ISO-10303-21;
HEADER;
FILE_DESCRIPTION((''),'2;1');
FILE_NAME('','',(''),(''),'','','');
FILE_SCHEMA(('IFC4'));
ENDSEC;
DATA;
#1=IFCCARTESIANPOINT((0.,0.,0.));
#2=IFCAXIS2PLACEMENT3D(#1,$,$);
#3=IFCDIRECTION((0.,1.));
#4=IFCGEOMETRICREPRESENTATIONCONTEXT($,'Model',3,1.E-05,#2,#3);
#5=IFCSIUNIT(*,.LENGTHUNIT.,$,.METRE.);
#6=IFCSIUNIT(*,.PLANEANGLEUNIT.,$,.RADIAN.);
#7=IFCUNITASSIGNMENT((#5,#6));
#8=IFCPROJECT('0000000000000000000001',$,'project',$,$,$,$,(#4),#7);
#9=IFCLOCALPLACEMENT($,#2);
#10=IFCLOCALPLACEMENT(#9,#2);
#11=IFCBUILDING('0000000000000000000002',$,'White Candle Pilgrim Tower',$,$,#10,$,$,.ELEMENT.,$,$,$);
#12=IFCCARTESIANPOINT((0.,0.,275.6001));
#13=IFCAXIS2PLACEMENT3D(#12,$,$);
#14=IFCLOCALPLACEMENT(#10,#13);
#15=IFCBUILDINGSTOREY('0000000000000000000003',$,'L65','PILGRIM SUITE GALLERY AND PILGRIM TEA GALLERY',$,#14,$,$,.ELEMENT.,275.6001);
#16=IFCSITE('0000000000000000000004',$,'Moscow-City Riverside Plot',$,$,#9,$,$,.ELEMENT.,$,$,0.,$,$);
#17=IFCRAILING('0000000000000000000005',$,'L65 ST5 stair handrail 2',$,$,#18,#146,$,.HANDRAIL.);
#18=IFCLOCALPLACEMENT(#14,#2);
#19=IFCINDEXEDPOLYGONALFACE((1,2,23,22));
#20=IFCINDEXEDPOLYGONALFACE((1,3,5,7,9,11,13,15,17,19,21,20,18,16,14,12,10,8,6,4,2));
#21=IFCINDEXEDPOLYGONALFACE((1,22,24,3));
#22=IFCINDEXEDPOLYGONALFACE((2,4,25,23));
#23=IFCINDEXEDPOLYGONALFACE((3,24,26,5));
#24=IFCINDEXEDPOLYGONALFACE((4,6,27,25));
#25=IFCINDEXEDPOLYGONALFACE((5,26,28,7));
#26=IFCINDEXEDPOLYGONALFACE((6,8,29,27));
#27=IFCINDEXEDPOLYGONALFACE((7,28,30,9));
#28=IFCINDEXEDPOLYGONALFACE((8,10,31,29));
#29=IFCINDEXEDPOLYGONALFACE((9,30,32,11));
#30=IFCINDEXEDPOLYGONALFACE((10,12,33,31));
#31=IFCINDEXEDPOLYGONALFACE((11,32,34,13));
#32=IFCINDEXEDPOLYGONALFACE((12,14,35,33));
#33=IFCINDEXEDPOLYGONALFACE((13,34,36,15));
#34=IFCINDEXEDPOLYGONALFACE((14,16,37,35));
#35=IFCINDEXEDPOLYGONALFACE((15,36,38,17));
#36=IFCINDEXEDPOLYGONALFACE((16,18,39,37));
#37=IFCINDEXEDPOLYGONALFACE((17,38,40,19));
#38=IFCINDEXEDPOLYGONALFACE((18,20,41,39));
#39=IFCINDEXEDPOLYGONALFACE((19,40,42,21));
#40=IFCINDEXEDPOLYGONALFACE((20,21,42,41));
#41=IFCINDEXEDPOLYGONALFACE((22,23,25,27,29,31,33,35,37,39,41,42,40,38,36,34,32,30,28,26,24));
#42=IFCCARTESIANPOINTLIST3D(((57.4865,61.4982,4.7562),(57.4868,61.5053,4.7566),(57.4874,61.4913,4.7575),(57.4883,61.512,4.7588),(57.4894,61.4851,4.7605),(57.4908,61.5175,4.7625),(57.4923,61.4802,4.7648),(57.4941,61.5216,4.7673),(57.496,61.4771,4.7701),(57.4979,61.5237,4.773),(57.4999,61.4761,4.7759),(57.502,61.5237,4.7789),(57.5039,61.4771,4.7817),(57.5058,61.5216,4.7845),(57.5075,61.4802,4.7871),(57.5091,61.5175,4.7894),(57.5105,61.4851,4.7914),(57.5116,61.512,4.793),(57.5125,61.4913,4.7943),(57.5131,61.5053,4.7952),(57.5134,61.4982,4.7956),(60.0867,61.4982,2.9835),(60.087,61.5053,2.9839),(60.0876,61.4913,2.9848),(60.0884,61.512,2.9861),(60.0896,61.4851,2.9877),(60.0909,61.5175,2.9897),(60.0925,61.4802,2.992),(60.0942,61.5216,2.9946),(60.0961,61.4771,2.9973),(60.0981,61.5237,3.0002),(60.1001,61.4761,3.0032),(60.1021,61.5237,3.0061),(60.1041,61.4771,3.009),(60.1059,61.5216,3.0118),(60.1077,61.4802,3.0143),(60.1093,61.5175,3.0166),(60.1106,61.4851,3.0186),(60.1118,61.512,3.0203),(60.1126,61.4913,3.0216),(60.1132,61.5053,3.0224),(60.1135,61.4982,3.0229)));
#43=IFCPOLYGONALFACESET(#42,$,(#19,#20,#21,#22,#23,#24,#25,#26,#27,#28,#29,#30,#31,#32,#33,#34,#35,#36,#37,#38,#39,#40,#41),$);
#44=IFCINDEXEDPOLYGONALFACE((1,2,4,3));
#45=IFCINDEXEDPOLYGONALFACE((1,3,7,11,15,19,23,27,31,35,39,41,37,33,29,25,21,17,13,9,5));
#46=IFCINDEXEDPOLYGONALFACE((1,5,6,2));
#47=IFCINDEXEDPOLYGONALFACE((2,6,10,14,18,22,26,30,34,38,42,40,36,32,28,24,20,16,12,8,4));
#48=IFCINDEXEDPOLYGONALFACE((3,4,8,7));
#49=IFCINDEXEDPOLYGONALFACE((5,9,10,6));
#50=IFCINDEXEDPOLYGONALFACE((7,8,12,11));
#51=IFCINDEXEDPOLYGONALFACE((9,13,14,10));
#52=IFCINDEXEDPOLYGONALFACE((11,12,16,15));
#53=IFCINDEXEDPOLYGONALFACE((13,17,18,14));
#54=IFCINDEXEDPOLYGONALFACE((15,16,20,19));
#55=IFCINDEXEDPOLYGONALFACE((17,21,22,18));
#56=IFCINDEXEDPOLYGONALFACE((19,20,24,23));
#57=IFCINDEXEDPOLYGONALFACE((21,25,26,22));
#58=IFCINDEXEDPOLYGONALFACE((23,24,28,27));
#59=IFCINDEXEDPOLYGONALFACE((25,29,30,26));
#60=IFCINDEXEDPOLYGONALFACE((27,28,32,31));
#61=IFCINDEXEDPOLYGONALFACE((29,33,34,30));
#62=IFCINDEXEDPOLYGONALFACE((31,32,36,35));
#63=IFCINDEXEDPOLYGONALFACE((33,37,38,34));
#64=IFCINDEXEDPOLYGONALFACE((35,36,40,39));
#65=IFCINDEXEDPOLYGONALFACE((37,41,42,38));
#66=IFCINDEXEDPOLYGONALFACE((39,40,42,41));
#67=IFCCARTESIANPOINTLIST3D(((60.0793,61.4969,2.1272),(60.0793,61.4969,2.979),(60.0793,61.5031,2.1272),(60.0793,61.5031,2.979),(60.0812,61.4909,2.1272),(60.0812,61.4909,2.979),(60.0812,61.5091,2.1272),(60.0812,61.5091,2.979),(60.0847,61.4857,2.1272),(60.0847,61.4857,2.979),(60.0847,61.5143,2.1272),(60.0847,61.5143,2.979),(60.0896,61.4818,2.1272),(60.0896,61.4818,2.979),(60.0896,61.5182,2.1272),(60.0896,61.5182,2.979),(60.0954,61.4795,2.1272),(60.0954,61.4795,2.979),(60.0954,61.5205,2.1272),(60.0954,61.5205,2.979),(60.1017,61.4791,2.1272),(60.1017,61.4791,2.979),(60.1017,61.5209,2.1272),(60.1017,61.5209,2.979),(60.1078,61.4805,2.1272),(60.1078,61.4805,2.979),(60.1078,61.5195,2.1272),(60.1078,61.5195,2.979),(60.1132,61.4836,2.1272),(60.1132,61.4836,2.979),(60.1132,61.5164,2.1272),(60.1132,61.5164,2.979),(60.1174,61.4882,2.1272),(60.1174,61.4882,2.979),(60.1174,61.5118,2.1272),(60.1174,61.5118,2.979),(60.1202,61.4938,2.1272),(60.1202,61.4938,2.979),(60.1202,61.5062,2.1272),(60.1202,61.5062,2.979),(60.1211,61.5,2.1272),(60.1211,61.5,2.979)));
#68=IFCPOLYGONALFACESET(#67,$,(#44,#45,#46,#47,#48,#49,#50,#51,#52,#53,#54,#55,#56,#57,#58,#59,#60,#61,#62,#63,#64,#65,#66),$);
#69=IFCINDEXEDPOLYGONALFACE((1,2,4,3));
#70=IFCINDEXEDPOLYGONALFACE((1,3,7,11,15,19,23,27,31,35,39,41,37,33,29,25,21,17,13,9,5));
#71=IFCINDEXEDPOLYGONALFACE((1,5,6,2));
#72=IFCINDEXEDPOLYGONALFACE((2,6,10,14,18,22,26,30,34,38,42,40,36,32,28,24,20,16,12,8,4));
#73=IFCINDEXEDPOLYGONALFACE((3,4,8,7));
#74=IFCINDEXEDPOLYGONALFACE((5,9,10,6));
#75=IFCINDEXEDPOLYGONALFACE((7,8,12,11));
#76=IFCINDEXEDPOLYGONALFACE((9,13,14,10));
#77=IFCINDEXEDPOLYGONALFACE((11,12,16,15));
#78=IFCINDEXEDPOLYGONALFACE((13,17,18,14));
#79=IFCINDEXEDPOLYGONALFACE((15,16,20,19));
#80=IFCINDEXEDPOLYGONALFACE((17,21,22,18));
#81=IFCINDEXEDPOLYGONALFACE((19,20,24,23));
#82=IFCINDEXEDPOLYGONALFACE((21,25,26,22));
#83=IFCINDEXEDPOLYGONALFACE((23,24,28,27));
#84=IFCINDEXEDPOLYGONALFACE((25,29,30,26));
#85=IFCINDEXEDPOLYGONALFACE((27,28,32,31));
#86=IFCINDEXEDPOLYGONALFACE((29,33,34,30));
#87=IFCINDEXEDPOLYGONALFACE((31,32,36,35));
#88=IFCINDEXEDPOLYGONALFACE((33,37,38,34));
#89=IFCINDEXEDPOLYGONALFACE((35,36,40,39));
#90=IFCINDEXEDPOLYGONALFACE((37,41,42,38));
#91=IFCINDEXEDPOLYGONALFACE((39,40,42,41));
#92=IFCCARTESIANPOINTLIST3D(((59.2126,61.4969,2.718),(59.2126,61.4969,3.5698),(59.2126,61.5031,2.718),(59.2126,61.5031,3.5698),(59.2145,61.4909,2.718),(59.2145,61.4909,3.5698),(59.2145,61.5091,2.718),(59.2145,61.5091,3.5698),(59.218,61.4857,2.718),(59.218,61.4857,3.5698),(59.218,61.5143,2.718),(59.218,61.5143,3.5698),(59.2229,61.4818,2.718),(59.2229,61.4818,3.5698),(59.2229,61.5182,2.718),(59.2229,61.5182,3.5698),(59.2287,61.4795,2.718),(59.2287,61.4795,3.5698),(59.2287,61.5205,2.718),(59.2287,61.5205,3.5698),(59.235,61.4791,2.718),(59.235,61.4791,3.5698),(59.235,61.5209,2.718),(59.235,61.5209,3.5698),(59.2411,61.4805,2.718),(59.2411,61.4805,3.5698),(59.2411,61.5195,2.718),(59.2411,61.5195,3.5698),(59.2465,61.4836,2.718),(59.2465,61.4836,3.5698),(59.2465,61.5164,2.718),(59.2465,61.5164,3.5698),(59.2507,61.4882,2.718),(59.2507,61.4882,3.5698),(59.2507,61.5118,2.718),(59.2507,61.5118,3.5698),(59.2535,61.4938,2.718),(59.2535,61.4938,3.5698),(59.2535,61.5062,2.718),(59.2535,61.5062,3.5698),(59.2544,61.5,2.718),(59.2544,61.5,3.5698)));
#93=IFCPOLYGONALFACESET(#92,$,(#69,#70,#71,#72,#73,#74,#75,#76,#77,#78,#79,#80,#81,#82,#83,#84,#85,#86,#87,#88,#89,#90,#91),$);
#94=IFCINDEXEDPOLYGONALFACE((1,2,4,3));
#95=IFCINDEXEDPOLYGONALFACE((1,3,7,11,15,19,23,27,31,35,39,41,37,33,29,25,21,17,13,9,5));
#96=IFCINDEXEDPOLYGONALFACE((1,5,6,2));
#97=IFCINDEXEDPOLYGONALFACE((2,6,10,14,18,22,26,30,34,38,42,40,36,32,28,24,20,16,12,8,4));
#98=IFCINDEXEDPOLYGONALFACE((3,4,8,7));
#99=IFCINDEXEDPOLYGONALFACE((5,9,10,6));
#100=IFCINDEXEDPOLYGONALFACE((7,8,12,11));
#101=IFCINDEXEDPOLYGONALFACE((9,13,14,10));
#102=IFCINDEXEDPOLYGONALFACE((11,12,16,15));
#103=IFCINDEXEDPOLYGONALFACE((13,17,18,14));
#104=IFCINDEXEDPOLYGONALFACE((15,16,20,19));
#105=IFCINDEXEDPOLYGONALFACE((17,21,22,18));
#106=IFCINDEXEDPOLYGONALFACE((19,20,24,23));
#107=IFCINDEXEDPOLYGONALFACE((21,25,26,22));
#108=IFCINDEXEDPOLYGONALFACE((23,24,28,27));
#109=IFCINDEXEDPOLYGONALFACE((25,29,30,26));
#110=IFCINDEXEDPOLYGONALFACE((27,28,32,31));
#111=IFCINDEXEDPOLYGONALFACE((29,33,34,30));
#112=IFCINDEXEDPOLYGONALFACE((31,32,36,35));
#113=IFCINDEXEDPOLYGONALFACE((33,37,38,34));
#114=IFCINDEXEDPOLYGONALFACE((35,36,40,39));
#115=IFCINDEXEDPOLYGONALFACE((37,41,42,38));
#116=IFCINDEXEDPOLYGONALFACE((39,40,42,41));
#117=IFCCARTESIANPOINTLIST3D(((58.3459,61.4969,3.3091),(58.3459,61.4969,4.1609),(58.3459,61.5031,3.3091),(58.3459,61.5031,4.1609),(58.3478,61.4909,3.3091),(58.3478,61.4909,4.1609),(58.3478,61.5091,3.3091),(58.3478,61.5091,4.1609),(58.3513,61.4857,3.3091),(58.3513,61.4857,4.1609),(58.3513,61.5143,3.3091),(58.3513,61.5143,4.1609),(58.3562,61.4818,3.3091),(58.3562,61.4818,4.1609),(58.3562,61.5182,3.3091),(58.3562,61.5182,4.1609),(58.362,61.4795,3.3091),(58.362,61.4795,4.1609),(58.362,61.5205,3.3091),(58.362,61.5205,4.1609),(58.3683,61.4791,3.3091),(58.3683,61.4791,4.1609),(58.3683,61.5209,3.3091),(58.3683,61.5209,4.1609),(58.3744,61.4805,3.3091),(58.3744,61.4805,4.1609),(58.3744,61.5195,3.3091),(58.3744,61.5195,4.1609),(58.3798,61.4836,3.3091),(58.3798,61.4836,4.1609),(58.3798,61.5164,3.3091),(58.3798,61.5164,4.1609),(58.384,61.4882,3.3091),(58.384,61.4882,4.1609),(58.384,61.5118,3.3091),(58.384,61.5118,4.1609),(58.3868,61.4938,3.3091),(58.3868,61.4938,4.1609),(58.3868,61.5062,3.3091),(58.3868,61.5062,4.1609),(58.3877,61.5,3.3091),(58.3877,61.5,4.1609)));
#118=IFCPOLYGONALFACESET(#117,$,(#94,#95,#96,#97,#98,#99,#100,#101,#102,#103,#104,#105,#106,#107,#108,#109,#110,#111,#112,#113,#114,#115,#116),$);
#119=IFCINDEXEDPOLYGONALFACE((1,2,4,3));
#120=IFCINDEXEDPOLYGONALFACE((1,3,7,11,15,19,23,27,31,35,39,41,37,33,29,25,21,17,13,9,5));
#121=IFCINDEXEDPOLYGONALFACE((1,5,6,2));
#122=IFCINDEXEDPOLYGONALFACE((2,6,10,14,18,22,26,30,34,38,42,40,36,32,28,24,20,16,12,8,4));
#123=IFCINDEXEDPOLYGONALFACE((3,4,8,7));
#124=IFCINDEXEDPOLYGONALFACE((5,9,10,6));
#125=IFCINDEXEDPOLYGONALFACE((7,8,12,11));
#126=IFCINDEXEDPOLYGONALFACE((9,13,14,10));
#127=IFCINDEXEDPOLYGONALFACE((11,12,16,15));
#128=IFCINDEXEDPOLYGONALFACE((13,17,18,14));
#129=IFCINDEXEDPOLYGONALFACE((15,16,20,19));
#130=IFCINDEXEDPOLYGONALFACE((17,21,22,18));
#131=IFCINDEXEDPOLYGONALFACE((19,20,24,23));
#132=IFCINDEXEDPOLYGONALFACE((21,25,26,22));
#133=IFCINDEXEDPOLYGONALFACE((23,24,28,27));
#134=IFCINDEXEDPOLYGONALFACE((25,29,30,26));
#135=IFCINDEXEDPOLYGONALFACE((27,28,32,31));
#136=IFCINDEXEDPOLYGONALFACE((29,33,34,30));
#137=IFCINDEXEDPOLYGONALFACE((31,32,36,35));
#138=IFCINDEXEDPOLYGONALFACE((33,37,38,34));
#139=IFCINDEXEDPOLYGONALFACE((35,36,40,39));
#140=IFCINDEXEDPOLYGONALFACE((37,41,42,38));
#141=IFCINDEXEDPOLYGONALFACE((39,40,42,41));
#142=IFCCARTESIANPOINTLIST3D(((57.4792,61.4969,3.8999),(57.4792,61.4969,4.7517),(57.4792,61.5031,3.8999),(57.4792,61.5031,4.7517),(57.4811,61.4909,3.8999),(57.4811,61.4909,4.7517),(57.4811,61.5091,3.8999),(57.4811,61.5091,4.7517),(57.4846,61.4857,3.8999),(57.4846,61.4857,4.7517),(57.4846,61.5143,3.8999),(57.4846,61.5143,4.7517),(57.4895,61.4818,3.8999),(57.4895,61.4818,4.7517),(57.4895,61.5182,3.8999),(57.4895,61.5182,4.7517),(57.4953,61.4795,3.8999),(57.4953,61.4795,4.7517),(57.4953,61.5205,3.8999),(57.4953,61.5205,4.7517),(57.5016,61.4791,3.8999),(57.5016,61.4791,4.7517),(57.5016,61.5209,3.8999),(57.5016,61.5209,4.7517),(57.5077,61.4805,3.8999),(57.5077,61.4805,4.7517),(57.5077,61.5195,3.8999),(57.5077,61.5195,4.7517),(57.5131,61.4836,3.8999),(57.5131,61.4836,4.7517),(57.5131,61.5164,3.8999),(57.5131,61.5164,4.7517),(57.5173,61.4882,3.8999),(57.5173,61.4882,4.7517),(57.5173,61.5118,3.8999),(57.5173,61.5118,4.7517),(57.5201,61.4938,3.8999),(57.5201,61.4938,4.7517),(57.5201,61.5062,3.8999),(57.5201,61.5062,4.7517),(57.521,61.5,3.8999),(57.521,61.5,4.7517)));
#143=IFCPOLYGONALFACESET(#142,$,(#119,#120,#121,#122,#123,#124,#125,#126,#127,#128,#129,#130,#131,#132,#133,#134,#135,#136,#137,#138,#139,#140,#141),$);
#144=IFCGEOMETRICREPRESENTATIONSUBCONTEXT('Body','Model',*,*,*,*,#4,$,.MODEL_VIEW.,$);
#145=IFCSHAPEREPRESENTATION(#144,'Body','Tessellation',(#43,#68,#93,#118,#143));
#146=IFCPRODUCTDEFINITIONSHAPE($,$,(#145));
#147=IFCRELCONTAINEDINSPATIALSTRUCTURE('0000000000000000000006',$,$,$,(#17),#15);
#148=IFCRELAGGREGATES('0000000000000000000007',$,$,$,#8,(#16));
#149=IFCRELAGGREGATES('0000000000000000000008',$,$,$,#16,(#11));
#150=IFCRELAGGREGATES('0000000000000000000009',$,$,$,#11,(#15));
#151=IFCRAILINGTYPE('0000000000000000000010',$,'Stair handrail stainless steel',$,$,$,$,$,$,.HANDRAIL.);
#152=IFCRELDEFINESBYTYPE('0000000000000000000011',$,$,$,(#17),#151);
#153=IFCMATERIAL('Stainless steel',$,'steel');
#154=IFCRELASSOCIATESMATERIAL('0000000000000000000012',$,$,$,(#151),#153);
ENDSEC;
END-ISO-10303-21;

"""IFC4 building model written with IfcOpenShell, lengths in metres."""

from ifc_helpers import new_model, si_unit, direction, frame, origin, origin_2d, place, context, subcontext, project, spatial, circle, extrude, material, type_object, element, save


model = new_model("IFC4")

# Units and contexts
model_context = context("Model", 3, precision=1e-05, world=origin(), true_north=direction((0.0, 1.0)))
body_context = subcontext(model_context, "Body", "Model", "MODEL_VIEW")
ifc_project = project(units=[si_unit("LENGTHUNIT", "METRE"), si_unit("PLANEANGLEUNIT", "RADIAN")], contexts=[model_context])

# Site, building, storey
site_placement = place(None, origin())
site = spatial("IfcSite", under=ifc_project, at=site_placement, Name="Moscow-City Riverside Plot", CompositionType="ELEMENT", RefElevation=0.0)
building_placement = place(site_placement, origin())
building = spatial("IfcBuilding", under=site, at=building_placement, Name="White Candle Pilgrim Tower", CompositionType="ELEMENT")
storey_placement = place(building_placement, frame((0.0, 0.0, 275.6001)))
storey = spatial("IfcBuildingStorey", under=building, at=storey_placement, Name="L65", Description="PILGRIM SUITE GALLERY AND PILGRIM TEA GALLERY", CompositionType="ELEMENT", Elevation=275.6001)

# Railing
ifc_material_1 = material(Name="Stainless steel", Category="steel")
railing_type_1 = type_object("IfcRailingType", Name="Stair handrail stainless steel", PredefinedType="HANDRAIL", material=ifc_material_1)
railing_1_placement = place(storey_placement, frame((60.1001, 61.5, 2.1272)))
element("IfcRailing", 1, at=railing_1_placement, inside=storey, type_object=railing_type_1, Name="L65 ST5 stair handrail 2", PredefinedType="HANDRAIL", context=body_context, shape_type="SweptSolid", body=[
    extrude(circle(Radius=0.0239, at=origin_2d()), frame((0.0, 0.0, 0.876), z_axis=(-0.82624, 0.0, 0.563318), x_axis=(0.0, -1.0, 0.0)), (0.0, 0.0, 1.0), 3.147),
    extrude(circle(Radius=0.021, at=origin_2d()), origin(), (0.0, 0.0, 1.0), 0.8518),
    extrude(circle(Radius=0.021, at=origin_2d()), frame((-0.8667, 0.0, 0.5908)), (0.0, 0.0, 1.0), 0.8518),
    extrude(circle(Radius=0.021, at=origin_2d()), frame((-1.7334, 0.0, 1.1819)), (0.0, 0.0, 1.0), 0.8518),
    extrude(circle(Radius=0.021, at=origin_2d()), frame((-2.6001, 0.0, 1.7727)), (0.0, 0.0, 1.0), 0.8518),
])

save(model, "model.ifc")
